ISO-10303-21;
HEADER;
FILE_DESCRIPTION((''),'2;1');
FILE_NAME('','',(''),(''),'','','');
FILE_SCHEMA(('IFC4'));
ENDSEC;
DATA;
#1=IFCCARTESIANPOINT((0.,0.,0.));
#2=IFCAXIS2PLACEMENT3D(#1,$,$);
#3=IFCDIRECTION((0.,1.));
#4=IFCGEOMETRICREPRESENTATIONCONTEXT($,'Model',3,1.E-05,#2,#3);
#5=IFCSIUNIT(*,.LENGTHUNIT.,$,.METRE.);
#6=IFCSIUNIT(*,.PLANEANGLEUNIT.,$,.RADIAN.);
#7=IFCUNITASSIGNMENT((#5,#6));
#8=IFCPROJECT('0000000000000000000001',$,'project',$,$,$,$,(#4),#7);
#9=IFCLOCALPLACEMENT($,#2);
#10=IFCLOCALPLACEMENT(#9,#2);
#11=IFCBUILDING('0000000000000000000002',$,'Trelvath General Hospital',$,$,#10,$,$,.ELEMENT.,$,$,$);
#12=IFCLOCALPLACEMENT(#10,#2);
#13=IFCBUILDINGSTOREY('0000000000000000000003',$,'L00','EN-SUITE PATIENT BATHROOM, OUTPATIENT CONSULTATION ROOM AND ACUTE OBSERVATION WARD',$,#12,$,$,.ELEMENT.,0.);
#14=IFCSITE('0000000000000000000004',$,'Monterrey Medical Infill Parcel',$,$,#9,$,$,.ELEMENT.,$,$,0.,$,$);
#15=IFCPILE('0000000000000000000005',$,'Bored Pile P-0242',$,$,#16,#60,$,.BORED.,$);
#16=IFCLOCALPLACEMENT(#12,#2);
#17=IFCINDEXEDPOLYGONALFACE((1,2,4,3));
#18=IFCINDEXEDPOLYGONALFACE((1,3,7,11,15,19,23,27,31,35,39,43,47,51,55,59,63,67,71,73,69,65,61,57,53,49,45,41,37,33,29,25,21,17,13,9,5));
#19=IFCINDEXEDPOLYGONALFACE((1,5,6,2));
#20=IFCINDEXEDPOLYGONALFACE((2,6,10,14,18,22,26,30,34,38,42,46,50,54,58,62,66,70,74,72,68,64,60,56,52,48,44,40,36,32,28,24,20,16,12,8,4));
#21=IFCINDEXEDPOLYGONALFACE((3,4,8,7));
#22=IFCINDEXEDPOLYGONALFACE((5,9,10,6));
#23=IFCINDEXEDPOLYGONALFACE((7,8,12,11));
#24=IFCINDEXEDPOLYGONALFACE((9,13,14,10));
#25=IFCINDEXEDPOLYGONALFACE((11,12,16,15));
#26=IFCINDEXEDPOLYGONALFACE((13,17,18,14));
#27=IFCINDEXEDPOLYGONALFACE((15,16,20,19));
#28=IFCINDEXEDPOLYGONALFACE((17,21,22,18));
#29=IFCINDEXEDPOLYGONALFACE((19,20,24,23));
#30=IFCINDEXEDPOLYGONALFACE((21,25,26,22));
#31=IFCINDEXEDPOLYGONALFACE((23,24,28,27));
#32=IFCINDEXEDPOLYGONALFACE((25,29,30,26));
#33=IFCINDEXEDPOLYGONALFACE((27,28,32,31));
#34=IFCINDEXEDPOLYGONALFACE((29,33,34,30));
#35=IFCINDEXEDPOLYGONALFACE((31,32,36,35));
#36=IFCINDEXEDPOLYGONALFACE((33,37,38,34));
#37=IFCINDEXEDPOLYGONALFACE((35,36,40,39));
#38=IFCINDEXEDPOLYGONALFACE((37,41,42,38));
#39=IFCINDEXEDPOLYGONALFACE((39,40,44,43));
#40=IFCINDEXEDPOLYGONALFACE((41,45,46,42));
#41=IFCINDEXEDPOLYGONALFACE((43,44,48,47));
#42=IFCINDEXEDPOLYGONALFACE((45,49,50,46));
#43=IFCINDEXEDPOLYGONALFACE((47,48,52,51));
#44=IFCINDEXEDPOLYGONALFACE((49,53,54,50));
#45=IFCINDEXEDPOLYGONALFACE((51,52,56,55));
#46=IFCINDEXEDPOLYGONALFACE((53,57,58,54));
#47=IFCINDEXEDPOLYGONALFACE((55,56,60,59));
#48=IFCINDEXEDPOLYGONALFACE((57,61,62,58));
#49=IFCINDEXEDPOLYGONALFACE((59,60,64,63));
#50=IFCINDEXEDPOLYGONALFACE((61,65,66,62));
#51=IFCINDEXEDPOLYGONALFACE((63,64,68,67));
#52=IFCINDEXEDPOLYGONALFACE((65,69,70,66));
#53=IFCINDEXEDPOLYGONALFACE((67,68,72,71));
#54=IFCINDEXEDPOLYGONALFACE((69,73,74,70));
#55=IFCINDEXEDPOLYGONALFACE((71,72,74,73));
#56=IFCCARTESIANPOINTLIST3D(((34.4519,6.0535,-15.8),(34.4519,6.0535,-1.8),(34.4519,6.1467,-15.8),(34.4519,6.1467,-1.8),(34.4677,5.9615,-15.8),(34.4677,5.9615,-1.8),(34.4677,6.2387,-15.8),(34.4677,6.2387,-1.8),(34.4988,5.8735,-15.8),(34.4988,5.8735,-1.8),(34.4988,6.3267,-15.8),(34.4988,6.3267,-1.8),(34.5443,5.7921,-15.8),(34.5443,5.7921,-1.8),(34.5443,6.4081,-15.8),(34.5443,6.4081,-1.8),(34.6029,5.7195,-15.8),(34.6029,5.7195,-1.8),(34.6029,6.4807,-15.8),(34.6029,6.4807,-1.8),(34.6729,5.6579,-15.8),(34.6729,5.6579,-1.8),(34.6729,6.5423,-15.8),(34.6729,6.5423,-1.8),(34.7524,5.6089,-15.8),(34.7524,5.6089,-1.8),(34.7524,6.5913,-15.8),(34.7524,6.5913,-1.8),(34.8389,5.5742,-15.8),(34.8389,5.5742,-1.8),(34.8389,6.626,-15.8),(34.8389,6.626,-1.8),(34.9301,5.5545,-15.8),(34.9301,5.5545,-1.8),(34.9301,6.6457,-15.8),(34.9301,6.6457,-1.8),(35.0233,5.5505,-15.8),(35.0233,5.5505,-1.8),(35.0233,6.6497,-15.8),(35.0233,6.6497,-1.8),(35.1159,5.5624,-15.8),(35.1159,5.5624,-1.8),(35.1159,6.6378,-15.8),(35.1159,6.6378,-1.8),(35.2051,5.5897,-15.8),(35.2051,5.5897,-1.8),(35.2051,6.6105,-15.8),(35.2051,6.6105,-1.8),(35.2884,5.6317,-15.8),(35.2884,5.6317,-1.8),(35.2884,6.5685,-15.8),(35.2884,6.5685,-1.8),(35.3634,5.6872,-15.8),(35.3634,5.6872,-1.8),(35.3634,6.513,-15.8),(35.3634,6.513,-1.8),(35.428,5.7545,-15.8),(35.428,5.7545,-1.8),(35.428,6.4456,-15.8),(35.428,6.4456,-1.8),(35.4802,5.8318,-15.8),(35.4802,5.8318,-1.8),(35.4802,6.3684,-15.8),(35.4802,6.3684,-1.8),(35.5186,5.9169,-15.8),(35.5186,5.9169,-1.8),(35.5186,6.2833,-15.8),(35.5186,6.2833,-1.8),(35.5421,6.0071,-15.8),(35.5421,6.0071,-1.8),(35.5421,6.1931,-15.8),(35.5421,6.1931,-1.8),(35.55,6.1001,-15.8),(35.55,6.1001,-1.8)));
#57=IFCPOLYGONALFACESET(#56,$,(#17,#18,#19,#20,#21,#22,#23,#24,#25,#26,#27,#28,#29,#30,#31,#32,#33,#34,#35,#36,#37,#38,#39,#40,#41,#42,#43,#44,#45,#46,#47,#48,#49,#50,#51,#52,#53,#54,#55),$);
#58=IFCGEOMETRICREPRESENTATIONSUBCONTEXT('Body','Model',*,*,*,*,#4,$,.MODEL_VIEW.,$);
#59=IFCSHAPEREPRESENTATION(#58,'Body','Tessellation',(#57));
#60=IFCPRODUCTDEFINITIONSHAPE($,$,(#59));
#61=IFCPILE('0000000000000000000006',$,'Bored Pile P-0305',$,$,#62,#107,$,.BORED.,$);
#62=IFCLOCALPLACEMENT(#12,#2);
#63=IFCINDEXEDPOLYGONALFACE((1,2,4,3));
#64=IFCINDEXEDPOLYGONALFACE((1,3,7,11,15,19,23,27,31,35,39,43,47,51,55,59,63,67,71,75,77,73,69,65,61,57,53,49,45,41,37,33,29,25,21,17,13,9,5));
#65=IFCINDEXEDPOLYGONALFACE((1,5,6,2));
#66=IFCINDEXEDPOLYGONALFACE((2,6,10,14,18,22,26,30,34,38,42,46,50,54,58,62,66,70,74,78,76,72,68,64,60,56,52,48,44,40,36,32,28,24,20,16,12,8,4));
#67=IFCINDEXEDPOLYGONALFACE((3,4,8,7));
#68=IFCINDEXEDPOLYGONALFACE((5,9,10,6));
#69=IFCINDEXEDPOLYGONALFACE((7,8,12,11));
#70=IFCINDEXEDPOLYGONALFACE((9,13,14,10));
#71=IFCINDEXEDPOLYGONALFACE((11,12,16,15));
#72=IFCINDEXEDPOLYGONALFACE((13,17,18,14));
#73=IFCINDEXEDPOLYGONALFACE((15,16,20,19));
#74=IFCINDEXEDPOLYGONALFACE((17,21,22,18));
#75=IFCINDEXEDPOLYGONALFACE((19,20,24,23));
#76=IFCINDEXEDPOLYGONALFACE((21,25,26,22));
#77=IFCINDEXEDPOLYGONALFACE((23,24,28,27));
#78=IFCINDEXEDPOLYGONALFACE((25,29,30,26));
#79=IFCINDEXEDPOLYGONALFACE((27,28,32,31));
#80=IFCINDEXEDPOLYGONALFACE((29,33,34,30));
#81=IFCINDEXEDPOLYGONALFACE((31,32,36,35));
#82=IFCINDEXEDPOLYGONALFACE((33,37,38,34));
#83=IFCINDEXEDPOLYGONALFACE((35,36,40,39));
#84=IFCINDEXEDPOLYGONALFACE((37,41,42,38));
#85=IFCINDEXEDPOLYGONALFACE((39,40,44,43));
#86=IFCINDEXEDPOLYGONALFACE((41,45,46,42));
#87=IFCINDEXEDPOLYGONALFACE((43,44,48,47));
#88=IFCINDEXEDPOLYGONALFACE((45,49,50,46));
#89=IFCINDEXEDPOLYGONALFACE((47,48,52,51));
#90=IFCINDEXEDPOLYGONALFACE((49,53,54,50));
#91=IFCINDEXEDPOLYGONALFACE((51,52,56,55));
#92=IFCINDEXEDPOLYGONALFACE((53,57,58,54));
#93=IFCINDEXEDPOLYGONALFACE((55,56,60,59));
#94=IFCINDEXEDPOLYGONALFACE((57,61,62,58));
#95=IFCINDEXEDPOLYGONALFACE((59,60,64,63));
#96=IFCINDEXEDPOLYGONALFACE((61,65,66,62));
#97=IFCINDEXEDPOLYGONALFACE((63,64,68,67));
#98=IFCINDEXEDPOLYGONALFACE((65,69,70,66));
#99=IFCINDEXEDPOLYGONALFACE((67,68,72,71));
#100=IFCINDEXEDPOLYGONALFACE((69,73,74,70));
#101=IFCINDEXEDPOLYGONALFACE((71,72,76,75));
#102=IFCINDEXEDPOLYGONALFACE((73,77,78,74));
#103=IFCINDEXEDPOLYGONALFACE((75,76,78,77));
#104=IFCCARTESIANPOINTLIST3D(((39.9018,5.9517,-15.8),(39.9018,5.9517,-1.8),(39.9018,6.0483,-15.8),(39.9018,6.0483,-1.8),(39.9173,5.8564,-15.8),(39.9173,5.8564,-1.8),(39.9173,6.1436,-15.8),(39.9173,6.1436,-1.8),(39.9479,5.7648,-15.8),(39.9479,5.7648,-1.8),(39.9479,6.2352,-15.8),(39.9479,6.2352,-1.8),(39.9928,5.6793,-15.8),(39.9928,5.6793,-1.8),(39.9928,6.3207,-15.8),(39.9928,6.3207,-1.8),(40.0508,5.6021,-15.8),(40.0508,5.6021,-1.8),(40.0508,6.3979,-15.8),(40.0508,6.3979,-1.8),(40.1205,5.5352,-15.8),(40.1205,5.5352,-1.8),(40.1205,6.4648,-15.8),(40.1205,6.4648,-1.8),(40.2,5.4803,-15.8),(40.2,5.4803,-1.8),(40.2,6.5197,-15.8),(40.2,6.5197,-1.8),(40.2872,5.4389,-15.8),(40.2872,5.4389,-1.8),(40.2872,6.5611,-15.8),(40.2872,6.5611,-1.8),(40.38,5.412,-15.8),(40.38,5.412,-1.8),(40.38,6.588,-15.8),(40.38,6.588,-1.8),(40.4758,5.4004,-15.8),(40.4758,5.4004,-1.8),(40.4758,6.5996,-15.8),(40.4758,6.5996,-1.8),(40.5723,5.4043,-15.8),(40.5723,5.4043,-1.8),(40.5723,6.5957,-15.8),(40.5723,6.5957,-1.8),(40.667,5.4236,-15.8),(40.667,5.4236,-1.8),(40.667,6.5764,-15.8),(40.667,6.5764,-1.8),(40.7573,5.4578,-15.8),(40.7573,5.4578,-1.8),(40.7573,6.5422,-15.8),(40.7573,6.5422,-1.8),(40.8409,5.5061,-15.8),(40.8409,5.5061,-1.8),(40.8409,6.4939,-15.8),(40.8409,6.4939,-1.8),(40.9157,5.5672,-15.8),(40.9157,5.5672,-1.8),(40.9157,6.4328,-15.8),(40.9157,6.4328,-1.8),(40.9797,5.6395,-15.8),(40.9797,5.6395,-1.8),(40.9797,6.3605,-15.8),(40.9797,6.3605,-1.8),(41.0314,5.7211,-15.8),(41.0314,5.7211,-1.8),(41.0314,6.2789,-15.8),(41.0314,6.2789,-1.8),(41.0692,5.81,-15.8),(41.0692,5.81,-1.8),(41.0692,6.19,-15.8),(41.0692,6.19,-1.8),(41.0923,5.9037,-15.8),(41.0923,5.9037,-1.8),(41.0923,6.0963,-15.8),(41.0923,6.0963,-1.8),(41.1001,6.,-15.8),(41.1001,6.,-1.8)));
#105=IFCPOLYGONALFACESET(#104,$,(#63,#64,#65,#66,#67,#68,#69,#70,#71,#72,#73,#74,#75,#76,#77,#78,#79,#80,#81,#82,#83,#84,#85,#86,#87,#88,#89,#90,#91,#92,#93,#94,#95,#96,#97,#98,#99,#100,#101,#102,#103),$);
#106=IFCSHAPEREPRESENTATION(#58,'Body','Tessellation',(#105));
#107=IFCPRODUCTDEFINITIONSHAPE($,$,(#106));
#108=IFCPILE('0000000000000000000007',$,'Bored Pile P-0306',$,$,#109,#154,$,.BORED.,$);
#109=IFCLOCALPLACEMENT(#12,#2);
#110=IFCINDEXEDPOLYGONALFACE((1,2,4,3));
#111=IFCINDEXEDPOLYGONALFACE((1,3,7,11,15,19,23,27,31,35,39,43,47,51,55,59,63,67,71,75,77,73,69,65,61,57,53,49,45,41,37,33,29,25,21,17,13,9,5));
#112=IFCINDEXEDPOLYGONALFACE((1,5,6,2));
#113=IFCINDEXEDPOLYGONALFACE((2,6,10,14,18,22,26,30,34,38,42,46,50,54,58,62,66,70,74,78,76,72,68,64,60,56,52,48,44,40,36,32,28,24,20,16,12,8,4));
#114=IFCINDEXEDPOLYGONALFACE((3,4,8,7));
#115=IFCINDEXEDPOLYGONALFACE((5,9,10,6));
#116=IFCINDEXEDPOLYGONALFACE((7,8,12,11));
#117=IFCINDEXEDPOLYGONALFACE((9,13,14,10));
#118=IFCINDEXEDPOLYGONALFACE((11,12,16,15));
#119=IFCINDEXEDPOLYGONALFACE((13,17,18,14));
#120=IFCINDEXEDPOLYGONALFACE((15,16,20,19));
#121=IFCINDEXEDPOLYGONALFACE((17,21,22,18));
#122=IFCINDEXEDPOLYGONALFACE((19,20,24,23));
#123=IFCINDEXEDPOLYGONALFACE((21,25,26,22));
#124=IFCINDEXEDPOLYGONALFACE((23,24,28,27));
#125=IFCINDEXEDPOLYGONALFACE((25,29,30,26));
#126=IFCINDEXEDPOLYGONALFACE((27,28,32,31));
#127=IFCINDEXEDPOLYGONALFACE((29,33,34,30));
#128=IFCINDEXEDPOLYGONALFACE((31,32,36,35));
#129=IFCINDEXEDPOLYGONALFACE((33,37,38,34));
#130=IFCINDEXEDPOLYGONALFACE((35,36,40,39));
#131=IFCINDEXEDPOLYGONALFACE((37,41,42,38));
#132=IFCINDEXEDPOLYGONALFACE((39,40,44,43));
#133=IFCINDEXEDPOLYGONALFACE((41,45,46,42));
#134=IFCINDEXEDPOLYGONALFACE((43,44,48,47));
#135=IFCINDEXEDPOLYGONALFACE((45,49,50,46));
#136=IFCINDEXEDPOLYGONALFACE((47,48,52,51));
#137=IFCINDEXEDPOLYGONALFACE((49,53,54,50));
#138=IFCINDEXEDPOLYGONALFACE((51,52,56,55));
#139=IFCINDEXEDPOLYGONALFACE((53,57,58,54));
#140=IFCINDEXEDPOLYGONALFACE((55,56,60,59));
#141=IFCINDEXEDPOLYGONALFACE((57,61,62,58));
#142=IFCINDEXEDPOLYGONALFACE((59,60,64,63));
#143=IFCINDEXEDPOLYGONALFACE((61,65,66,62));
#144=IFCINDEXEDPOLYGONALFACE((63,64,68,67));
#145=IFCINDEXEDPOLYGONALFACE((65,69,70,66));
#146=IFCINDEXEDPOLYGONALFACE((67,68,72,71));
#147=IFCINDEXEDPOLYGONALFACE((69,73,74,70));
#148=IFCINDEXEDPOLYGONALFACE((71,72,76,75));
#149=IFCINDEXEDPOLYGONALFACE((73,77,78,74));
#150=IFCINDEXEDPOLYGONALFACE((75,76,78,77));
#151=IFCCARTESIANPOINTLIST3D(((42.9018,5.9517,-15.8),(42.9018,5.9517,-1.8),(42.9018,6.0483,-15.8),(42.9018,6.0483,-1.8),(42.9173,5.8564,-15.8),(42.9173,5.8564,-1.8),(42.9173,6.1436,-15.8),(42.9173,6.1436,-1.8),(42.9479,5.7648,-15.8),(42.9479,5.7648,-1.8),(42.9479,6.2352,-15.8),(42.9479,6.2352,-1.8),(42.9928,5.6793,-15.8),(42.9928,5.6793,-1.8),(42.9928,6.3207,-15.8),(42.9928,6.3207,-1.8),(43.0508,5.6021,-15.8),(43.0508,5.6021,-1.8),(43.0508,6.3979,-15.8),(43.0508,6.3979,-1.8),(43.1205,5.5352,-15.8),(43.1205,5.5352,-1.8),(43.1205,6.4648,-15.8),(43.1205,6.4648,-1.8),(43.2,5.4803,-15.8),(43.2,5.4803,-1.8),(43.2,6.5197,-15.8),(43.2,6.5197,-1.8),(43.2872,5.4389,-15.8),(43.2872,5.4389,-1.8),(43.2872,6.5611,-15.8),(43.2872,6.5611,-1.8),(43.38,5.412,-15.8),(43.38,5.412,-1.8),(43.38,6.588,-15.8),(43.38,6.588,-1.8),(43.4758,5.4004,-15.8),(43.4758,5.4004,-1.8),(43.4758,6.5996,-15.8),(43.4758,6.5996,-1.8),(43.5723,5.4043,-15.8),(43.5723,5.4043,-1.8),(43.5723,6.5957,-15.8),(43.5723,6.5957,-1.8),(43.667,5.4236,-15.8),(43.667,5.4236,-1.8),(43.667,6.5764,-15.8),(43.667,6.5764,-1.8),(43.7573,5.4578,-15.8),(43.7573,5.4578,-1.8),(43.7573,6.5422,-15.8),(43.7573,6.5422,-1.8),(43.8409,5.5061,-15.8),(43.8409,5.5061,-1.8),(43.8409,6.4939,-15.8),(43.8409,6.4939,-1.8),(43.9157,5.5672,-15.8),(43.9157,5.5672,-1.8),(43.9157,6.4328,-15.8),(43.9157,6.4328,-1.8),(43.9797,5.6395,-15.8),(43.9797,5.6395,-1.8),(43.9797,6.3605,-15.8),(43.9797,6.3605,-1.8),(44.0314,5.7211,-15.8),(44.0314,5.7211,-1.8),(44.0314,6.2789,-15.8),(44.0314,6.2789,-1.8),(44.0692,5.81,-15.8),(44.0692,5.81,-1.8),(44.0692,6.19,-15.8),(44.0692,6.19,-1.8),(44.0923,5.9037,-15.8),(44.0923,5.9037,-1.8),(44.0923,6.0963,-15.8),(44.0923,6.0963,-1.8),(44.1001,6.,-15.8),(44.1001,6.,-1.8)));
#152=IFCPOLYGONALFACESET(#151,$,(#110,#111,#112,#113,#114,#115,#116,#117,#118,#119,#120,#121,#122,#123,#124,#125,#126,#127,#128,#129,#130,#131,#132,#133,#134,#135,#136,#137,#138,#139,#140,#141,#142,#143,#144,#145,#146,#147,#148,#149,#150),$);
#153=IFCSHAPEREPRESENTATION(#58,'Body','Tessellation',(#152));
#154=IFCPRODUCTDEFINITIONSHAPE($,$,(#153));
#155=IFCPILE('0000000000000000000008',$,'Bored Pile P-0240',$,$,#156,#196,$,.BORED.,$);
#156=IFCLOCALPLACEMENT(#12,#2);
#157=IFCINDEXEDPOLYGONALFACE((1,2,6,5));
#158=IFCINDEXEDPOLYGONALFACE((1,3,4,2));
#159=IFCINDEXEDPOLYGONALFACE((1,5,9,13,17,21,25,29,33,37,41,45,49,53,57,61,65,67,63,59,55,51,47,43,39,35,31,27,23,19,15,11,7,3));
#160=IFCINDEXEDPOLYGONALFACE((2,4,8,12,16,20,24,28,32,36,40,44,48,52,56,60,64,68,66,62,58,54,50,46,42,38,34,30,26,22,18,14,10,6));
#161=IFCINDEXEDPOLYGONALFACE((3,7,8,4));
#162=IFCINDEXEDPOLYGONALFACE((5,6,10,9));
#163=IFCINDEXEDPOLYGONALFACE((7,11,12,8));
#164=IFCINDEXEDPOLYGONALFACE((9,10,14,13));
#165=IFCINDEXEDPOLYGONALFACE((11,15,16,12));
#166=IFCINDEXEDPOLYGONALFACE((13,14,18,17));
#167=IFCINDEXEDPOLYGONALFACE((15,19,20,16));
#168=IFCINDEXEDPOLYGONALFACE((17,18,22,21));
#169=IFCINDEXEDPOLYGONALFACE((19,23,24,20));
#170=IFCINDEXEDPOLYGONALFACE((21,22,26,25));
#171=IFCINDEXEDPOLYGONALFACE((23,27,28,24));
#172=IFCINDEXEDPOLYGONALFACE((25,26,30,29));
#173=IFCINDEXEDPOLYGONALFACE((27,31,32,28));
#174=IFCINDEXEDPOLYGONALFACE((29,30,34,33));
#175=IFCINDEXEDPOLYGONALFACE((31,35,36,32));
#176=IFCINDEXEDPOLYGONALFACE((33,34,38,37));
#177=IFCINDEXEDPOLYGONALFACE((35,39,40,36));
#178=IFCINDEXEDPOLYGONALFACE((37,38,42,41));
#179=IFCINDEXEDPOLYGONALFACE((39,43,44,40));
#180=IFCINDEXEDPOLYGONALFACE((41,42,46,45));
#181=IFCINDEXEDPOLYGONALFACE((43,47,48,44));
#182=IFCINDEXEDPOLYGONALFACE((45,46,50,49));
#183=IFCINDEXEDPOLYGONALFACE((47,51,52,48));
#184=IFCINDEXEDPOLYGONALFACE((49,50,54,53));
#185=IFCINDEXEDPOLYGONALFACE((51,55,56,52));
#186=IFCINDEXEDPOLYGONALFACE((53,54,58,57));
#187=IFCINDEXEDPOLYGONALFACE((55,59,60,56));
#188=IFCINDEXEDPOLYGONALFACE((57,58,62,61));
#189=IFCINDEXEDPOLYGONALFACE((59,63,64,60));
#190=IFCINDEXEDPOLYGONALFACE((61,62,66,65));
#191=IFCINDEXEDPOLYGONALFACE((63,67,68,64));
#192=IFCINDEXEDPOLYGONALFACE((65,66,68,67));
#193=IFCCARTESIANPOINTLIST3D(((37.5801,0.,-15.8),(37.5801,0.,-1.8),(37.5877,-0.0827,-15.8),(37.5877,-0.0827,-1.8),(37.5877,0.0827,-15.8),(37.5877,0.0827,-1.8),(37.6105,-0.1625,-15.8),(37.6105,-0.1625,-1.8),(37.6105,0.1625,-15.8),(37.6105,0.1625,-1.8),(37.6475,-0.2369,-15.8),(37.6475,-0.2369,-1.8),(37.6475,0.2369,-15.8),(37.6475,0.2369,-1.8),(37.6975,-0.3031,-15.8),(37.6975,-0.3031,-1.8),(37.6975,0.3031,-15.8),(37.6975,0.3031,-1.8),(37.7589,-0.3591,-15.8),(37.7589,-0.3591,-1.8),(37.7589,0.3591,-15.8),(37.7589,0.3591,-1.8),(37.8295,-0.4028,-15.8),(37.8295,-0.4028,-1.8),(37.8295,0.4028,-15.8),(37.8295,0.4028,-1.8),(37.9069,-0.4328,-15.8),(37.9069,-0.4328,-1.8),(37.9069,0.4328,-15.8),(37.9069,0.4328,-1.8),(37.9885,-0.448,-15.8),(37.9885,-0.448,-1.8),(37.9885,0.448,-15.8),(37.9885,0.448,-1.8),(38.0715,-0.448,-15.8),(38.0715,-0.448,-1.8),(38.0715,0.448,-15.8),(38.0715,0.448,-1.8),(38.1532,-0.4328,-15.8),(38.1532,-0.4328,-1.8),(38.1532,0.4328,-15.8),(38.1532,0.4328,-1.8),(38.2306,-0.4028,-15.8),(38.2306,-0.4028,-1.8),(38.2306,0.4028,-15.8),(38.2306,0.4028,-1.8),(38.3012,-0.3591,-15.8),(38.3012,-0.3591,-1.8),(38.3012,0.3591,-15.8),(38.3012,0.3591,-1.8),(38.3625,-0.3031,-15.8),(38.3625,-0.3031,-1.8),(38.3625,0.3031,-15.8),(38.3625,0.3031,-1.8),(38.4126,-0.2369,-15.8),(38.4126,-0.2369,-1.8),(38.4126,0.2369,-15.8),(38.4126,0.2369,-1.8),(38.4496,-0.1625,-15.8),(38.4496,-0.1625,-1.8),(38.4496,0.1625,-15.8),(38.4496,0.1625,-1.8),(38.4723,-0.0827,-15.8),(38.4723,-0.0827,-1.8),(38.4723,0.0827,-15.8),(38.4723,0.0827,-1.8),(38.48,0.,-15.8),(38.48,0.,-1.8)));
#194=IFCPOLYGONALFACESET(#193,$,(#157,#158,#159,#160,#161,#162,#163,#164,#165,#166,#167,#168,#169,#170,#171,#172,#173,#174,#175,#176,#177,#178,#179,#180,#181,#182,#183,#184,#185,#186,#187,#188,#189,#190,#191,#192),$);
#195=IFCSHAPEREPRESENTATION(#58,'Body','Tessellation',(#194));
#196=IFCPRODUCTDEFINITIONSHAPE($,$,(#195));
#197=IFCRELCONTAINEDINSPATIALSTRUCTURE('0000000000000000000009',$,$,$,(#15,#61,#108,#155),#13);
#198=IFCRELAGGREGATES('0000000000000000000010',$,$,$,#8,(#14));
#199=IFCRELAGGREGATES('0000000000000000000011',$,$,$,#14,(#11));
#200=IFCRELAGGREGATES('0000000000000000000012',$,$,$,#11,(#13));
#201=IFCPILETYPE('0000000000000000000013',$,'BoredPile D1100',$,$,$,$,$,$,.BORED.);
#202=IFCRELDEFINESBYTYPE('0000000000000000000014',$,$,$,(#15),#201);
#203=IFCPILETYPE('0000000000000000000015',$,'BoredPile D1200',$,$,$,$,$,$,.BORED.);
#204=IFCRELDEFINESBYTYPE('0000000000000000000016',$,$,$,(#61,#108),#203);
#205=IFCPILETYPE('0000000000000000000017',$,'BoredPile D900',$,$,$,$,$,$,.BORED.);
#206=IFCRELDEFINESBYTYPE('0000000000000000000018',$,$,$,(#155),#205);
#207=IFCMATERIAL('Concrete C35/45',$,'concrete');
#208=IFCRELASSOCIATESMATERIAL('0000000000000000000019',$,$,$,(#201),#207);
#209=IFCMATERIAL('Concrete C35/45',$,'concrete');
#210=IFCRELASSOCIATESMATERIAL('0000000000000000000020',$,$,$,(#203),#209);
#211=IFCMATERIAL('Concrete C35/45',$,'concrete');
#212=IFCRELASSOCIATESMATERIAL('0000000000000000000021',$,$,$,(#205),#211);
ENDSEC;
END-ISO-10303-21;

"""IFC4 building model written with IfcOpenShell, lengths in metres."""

from ifc_helpers import new_model, si_unit, direction, frame, origin, origin_2d, place, context, subcontext, project, spatial, circle, extrude, material, material_profile, profile_set, type_object, element, save


model = new_model("IFC4")

# Units and contexts
model_context = context("Model", 3, precision=1e-05, world=origin(), true_north=direction((0.0, 1.0)))
body_context = subcontext(model_context, "Body", "Model", "MODEL_VIEW")
ifc_project = project(units=[si_unit("LENGTHUNIT", "METRE"), si_unit("PLANEANGLEUNIT", "RADIAN")], contexts=[model_context])

# Site, building, storey
site_placement = place(None, origin())
site = spatial("IfcSite", under=ifc_project, at=site_placement, Name="Monterrey Medical Infill Parcel", CompositionType="ELEMENT", RefElevation=0.0)
building_placement = place(site_placement, origin())
building = spatial("IfcBuilding", under=site, at=building_placement, Name="Trelvath General Hospital", CompositionType="ELEMENT")
storey_placement = place(building_placement, origin())
storey = spatial("IfcBuildingStorey", under=building, at=storey_placement, Name="L00", Description="EN-SUITE PATIENT BATHROOM, OUTPATIENT CONSULTATION ROOM AND ACUTE OBSERVATION WARD", CompositionType="ELEMENT", Elevation=0.0)

# Piles
ifc_material_1 = material(Name="Concrete C35/45", Category="concrete")
ifc_material_profile_1 = material_profile(ifc_material_1, circle(Radius=0.55, at=origin_2d()), Name="PILE1100")
ifc_profile_set_1 = profile_set([ifc_material_profile_1], Name="Concrete C35/45")
pile_type_1 = type_object("IfcPileType", Name="BoredPile D1100", PredefinedType="BORED", material=ifc_profile_set_1)
pile_placement = place(storey_placement, frame((35.0, 6.1001, -1.8), z_axis=(0.0, 0.0, -1.0), x_axis=(1.0, 0.0, 0.0)))
element("IfcPile", 1, at=pile_placement, inside=storey, type_object=pile_type_1, Name="Bored Pile P-0242", PredefinedType="BORED", context=body_context, shape_type="SweptSolid", body=[
    extrude(circle(Radius=0.55, at=origin_2d()), origin(), (0.0, 0.0, 1.0), 14.0),
])
ifc_material_2 = material(Name="Concrete C35/45", Category="concrete")
ifc_material_profile_2 = material_profile(ifc_material_2, circle(Radius=0.6001, at=origin_2d()), Name="PILE1200")
ifc_profile_set_2 = profile_set([ifc_material_profile_2], Name="Concrete C35/45")
pile_type_2 = type_object("IfcPileType", Name="BoredPile D1200", PredefinedType="BORED", material=ifc_profile_set_2)
for number, where, z_axis, x_axis, name in (
    (2, (40.5, 6.0, -1.8), (0.0, 0.0, -1.0), (1.0, 0.0, 0.0), "Bored Pile P-0305"),
    (3, (43.5, 6.0, -1.8), (0.0, 0.0, -1.0), (1.0, 0.0, 0.0), "Bored Pile P-0306"),
):
    element("IfcPile", number, at=place(storey_placement, frame(where, z_axis=z_axis, x_axis=x_axis)), inside=storey, type_object=pile_type_2, Name=name, PredefinedType="BORED", context=body_context, shape_type="SweptSolid", body=[
        extrude(circle(Radius=0.6001, at=origin_2d()), origin(), (0.0, 0.0, 1.0), 14.0),
    ])
ifc_material_3 = material(Name="Concrete C35/45", Category="concrete")
ifc_material_profile_3 = material_profile(ifc_material_3, circle(Radius=0.45, at=origin_2d()), Name="PILE900")
ifc_profile_set_3 = profile_set([ifc_material_profile_3], Name="Concrete C35/45")
pile_type_3 = type_object("IfcPileType", Name="BoredPile D900", PredefinedType="BORED", material=ifc_profile_set_3)
for number, where, z_axis, x_axis, name in (
    (4, (38.03, 0.0, -1.8), (0.0, 0.0, -1.0), (1.0, 0.0, 0.0), "Bored Pile P-0240"),
):
    element("IfcPile", number, at=place(storey_placement, frame(where, z_axis=z_axis, x_axis=x_axis)), inside=storey, type_object=pile_type_3, Name=name, PredefinedType="BORED", context=body_context, shape_type="SweptSolid", body=[
        extrude(circle(Radius=0.45, at=origin_2d()), origin(), (0.0, 0.0, 1.0), 14.0),
    ])

save(model, "model.ifc")
